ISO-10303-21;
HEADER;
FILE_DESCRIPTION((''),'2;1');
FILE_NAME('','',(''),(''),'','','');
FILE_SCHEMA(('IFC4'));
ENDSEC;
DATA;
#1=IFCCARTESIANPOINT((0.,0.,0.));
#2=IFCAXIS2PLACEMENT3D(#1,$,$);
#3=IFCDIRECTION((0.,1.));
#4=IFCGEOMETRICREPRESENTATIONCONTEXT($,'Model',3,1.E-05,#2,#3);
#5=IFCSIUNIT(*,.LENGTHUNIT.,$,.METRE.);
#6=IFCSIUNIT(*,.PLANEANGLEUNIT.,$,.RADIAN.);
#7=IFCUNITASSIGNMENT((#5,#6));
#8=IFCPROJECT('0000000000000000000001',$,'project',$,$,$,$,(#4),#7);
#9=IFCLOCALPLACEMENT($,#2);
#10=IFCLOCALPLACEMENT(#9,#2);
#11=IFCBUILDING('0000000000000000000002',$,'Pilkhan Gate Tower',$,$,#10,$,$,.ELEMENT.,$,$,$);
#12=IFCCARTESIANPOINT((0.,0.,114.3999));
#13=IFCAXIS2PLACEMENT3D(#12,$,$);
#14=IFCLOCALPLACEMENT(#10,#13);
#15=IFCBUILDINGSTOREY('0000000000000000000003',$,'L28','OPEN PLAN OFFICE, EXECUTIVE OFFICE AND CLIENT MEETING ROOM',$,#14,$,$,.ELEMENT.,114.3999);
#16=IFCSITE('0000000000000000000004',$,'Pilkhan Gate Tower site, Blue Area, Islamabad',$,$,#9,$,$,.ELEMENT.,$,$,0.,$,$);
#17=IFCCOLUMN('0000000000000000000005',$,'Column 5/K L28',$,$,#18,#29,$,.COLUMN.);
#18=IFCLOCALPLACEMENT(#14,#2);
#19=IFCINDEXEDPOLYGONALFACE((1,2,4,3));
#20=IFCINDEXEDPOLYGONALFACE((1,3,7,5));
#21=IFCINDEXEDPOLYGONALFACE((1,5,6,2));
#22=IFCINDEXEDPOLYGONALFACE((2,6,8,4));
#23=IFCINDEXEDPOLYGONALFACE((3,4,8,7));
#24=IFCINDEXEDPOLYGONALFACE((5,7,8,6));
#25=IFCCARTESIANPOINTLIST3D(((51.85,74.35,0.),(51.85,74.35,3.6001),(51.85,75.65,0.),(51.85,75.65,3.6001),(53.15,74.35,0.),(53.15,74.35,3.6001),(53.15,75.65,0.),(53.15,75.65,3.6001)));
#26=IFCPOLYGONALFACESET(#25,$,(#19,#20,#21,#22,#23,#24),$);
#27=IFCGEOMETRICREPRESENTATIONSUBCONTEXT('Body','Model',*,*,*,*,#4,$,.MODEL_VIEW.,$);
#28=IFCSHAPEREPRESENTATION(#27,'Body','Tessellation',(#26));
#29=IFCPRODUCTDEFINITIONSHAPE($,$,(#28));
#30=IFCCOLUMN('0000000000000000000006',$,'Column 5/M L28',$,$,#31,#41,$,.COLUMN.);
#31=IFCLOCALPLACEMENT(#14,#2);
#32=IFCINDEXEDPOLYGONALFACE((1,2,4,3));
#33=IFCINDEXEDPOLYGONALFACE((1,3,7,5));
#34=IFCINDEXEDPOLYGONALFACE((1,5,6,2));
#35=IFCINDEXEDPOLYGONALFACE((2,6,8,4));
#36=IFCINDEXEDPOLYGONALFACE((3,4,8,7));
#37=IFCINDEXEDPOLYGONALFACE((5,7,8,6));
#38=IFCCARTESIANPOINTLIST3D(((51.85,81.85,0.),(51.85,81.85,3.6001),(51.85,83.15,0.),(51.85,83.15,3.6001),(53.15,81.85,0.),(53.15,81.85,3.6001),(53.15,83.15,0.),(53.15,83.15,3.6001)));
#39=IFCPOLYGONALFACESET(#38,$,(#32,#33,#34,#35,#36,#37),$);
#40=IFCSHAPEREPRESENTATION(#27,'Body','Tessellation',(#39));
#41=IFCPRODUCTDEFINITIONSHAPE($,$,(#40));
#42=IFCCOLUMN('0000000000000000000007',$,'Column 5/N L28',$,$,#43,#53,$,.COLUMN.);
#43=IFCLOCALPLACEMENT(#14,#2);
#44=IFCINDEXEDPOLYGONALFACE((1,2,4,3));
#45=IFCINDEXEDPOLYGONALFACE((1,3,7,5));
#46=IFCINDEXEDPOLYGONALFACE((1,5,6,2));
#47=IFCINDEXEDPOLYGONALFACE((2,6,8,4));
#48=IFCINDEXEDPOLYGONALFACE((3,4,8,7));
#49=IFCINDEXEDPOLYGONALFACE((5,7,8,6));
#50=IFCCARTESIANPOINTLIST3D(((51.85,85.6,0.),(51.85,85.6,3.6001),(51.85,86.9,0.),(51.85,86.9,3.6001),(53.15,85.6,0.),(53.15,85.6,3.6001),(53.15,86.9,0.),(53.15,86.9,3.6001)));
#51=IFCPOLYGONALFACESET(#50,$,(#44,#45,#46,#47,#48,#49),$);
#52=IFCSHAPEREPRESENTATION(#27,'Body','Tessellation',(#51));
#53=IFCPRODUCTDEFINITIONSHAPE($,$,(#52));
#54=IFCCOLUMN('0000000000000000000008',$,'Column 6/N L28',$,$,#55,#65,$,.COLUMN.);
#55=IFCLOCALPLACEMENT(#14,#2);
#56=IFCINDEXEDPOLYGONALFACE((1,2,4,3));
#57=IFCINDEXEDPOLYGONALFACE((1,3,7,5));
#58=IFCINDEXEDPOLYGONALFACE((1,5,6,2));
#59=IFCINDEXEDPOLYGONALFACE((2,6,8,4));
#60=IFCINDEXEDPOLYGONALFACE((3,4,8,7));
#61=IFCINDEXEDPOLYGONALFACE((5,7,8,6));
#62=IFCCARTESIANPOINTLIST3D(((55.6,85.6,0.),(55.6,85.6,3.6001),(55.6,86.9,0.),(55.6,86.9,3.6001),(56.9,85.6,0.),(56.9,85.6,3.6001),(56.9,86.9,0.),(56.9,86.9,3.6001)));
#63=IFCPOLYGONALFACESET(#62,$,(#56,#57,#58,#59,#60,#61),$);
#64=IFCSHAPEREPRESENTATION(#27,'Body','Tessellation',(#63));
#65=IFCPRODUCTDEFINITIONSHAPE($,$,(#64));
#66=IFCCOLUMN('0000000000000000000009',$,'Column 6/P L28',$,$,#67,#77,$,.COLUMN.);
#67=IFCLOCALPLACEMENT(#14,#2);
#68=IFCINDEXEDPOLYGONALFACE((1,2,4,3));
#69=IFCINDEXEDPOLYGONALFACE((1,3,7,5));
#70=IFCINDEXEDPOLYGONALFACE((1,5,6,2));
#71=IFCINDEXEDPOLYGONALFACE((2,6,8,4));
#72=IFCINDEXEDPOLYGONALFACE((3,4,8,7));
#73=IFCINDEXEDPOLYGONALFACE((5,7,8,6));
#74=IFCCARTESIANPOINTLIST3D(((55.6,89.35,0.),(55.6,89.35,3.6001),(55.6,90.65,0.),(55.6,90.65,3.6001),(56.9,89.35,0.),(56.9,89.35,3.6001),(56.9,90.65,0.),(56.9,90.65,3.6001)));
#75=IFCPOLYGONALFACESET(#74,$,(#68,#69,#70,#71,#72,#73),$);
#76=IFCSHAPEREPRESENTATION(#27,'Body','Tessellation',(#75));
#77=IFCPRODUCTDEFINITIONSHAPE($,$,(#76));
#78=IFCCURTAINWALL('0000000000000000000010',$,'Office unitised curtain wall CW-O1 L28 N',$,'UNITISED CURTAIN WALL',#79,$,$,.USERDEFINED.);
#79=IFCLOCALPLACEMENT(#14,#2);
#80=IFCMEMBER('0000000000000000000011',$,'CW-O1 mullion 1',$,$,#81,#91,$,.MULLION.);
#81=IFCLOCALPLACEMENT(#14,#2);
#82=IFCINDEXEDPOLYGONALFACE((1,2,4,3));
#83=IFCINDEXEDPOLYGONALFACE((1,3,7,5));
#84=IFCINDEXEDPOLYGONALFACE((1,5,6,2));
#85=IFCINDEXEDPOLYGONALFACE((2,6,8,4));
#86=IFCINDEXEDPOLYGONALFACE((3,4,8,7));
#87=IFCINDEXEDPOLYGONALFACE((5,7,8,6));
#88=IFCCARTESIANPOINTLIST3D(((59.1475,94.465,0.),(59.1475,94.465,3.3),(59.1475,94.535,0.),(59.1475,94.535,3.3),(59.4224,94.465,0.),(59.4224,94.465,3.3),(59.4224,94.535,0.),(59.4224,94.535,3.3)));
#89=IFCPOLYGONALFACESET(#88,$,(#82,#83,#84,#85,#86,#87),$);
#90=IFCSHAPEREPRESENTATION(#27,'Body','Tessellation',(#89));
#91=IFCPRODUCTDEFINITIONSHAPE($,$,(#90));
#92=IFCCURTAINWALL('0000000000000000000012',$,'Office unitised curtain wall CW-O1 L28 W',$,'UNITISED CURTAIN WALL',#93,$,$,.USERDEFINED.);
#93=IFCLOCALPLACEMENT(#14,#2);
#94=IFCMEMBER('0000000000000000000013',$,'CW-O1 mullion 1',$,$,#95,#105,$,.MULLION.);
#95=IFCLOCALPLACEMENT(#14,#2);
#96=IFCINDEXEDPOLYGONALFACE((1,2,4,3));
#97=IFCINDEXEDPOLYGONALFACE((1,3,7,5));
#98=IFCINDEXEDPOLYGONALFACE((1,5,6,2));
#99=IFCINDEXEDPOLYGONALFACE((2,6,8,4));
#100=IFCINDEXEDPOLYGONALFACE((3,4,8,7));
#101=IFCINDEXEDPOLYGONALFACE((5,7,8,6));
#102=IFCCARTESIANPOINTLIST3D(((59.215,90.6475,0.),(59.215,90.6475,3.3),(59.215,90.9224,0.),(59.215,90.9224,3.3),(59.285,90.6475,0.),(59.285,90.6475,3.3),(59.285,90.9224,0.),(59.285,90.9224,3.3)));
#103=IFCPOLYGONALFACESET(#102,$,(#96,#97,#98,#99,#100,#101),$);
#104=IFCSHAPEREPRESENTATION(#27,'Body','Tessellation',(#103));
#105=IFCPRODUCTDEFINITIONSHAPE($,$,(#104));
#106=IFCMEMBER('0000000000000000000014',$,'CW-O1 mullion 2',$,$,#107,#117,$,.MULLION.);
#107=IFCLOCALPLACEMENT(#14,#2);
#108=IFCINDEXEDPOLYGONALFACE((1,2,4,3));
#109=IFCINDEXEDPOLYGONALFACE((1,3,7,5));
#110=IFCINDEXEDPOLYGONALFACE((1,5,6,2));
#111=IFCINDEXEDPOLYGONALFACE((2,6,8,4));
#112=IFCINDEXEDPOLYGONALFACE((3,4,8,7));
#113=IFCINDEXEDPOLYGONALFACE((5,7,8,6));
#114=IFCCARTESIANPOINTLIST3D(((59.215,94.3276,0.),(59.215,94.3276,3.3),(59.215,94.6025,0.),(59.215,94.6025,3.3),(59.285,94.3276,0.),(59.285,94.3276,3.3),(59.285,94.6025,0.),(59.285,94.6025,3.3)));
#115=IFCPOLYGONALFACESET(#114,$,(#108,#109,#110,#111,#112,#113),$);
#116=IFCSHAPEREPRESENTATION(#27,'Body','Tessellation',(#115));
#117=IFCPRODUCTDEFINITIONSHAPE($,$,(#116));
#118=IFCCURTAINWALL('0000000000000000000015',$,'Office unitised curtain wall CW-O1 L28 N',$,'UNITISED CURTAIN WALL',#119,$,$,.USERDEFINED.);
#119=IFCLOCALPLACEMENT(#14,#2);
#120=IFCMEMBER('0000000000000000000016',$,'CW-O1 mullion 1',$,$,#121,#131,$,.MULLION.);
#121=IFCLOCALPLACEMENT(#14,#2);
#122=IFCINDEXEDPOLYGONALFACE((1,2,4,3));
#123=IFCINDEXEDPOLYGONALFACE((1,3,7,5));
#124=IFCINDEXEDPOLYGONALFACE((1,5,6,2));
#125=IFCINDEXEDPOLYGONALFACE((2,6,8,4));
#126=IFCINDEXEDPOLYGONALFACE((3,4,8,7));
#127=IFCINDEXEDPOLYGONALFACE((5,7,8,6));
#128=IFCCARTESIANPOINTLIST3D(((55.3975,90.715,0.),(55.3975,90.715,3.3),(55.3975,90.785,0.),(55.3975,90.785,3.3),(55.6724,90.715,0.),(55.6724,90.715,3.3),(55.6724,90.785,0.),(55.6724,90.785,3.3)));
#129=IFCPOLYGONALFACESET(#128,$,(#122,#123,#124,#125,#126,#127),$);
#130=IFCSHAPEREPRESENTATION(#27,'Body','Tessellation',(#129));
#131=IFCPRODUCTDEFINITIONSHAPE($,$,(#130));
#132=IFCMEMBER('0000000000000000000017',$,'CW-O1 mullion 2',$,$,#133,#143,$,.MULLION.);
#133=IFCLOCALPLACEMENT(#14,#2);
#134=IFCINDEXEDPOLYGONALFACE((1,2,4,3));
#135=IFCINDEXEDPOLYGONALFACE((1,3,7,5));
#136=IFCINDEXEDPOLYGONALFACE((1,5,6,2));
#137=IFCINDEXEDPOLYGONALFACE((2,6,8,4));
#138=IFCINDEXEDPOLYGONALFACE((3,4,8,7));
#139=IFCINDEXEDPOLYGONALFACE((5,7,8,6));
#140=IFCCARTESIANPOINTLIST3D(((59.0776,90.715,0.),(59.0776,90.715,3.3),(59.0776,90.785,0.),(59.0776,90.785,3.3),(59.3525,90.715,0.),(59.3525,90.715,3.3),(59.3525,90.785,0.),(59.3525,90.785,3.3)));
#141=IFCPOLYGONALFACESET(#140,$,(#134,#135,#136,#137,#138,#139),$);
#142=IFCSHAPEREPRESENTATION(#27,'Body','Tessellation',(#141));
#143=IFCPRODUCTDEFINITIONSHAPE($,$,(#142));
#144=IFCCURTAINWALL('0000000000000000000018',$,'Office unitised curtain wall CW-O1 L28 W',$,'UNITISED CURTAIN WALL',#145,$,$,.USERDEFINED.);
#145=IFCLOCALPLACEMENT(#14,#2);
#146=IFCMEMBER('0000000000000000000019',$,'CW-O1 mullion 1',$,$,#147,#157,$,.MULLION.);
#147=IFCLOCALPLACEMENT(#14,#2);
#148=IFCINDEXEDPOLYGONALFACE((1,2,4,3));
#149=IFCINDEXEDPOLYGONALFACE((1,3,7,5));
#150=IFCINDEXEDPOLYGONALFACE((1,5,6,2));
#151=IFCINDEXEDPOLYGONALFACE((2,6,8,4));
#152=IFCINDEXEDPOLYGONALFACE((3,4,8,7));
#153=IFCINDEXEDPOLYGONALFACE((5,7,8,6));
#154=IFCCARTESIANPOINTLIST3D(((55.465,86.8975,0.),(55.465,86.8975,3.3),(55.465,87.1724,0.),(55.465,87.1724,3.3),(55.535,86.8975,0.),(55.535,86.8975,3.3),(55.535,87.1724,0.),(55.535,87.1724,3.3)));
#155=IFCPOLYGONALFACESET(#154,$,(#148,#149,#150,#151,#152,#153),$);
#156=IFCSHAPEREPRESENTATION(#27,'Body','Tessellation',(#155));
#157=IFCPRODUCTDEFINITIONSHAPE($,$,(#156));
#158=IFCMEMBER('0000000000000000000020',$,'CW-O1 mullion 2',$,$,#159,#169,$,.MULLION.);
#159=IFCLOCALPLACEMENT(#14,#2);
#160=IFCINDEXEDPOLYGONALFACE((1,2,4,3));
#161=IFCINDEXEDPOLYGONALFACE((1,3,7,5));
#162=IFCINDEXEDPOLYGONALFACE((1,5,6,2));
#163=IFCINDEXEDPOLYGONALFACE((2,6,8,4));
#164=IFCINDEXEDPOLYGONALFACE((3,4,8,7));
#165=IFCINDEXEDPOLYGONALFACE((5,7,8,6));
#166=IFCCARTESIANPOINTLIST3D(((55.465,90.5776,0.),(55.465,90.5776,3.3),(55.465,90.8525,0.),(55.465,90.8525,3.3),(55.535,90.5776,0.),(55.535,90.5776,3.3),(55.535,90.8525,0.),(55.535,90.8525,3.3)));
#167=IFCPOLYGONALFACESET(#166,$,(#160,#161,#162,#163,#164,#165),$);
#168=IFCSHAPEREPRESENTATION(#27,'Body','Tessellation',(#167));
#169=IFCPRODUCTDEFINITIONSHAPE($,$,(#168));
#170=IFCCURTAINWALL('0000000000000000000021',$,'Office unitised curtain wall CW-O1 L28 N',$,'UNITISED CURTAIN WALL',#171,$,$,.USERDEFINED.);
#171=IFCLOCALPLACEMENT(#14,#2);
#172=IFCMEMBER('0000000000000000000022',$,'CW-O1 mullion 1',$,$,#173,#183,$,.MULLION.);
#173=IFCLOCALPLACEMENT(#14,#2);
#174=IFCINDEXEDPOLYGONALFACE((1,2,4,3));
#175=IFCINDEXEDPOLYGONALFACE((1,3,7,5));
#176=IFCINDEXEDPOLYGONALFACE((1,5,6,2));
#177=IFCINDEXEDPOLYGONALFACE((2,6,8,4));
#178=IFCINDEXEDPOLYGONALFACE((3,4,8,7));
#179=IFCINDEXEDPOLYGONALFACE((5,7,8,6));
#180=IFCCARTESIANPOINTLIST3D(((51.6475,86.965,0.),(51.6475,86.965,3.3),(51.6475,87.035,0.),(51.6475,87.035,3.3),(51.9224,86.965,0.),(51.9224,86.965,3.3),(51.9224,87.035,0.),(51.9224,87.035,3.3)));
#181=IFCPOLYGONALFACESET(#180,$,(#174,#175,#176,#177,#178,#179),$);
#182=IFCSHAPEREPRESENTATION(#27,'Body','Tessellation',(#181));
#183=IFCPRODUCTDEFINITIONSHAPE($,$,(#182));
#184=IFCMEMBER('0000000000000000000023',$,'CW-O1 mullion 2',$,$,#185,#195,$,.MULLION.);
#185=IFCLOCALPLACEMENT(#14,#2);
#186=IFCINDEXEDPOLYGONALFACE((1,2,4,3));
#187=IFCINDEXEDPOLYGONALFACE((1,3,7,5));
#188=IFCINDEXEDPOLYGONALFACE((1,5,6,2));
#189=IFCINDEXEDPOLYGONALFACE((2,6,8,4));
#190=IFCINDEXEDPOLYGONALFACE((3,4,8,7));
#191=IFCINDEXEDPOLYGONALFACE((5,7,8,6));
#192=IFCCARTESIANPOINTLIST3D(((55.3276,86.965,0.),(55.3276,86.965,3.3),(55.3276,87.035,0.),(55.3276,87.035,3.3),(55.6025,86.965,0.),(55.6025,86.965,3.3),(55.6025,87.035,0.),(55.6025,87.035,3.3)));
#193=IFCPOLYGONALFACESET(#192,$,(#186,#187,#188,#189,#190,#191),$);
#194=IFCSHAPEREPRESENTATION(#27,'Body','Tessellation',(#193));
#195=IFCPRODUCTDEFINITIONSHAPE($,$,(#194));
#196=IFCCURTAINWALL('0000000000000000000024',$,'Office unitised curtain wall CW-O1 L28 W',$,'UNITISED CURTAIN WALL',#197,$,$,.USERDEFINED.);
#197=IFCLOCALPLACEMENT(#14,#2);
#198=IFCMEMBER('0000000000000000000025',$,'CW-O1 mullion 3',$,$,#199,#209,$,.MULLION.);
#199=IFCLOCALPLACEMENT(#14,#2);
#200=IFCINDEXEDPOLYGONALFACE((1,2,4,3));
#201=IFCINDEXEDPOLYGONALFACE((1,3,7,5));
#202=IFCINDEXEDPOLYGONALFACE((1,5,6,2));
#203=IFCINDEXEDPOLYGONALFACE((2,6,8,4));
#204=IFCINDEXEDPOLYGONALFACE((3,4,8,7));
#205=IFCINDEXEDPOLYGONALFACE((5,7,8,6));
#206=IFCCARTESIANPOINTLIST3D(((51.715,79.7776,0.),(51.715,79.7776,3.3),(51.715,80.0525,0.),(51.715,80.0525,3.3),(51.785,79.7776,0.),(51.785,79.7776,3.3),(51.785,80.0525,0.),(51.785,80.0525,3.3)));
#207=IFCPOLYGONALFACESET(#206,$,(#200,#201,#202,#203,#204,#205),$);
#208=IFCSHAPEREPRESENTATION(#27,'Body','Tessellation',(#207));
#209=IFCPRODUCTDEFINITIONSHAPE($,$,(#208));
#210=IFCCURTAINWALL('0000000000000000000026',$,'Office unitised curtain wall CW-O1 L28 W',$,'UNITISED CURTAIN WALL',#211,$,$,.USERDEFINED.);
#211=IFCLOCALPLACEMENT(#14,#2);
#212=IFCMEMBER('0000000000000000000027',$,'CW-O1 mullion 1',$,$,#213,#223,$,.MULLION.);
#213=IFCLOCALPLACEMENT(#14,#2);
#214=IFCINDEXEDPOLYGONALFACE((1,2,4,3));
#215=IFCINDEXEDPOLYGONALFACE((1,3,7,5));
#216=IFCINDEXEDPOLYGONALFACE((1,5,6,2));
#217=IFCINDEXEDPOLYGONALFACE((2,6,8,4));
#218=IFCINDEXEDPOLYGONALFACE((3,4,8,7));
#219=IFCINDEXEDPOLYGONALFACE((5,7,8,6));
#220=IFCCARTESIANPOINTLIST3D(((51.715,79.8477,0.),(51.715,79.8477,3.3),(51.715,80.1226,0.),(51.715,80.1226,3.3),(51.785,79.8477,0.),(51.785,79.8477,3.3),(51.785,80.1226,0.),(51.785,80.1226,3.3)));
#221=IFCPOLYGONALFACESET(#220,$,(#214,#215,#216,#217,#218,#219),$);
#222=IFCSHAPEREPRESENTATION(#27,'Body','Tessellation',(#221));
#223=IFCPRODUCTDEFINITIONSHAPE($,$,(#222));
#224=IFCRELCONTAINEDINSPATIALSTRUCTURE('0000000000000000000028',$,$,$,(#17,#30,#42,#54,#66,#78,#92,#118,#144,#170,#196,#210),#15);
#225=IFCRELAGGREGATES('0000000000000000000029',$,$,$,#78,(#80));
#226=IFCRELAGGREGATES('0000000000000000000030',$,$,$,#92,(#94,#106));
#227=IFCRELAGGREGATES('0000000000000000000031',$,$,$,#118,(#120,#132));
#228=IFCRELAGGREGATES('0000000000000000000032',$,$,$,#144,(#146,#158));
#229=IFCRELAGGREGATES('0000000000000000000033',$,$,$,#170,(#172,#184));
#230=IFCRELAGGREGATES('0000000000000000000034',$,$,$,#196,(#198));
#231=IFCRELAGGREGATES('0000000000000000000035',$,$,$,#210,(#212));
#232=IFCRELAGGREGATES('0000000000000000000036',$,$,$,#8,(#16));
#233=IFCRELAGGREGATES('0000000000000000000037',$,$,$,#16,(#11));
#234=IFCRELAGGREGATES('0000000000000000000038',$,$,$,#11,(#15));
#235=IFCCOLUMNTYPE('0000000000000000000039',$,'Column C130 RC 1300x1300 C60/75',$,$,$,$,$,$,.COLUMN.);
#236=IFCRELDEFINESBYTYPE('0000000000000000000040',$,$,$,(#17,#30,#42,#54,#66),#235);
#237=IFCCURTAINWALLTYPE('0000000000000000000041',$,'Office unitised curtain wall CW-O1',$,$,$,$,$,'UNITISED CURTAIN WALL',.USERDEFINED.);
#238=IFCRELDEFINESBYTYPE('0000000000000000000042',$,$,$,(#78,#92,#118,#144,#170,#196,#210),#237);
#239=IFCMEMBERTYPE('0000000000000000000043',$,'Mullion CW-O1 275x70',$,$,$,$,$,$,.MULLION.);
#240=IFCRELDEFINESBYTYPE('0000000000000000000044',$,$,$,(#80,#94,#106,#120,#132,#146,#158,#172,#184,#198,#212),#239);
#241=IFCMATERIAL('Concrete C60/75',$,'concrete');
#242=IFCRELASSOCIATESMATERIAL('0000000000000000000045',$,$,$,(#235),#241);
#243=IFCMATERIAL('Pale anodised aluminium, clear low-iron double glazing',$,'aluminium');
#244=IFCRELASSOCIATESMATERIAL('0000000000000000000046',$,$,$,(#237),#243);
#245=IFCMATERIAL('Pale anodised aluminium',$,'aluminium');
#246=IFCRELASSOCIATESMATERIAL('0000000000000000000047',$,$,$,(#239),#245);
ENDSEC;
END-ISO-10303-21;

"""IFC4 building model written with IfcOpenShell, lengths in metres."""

from ifc_helpers import new_model, si_unit, direction, frame, origin, origin_2d, place, context, subcontext, project, spatial, rectangle, extrude, material, material_profile, profile_set, type_object, element, aggregate, save


model = new_model("IFC4")

# Units and contexts
model_context = context("Model", 3, precision=1e-05, world=origin(), true_north=direction((0.0, 1.0)))
body_context = subcontext(model_context, "Body", "Model", "MODEL_VIEW")
ifc_project = project(units=[si_unit("LENGTHUNIT", "METRE"), si_unit("PLANEANGLEUNIT", "RADIAN")], contexts=[model_context])

# Site, building, storey
site_placement = place(None, origin())
site = spatial("IfcSite", under=ifc_project, at=site_placement, Name="Pilkhan Gate Tower site, Blue Area, Islamabad", CompositionType="ELEMENT", RefElevation=0.0)
building_placement = place(site_placement, origin())
building = spatial("IfcBuilding", under=site, at=building_placement, Name="Pilkhan Gate Tower", CompositionType="ELEMENT")
storey_placement = place(building_placement, frame((0.0, 0.0, 114.3999)))
storey = spatial("IfcBuildingStorey", under=building, at=storey_placement, Name="L28", Description="OPEN PLAN OFFICE, EXECUTIVE OFFICE AND CLIENT MEETING ROOM", CompositionType="ELEMENT", Elevation=114.3999)

# Columns
ifc_material_1 = material(Name="Concrete C60/75", Category="concrete")
ifc_material_profile_1 = material_profile(ifc_material_1, rectangle(XDim=1.3, YDim=1.3, at=origin_2d()), Name="RC 1300x1300")
ifc_profile_set_1 = profile_set([ifc_material_profile_1], Name="Concrete C60/75")
column_type = type_object("IfcColumnType", Name="Column C130 RC 1300x1300 C60/75", PredefinedType="COLUMN", material=ifc_profile_set_1)
for number, where, z_axis, x_axis, name in (
    (1, (52.5, 75.0, 0.0), (0.0, 0.0, 1.0), (1.0, 0.0, 0.0), "Column 5/K L28"),
    (2, (52.5, 82.5, 0.0), (0.0, 0.0, 1.0), (1.0, 0.0, 0.0), "Column 5/M L28"),
    (3, (52.5, 86.25, 0.0), (0.0, 0.0, 1.0), (1.0, 0.0, 0.0), "Column 5/N L28"),
    (4, (56.25, 86.25, 0.0), (0.0, 0.0, 1.0), (1.0, 0.0, 0.0), "Column 6/N L28"),
    (5, (56.25, 90.0, 0.0), (0.0, 0.0, 1.0), (1.0, 0.0, 0.0), "Column 6/P L28"),
):
    element("IfcColumn", number, at=place(storey_placement, frame(where, z_axis=z_axis, x_axis=x_axis)), inside=storey, type_object=column_type, Name=name, PredefinedType="COLUMN", context=body_context, shape_type="SweptSolid", body=[
        extrude(rectangle(XDim=1.3, YDim=1.3, at=origin_2d()), origin(), (0.0, 0.0, 1.0), 3.6001),
    ])

# Curtain wall, member
ifc_material_2 = material(Name="Pale anodised aluminium, clear low-iron double glazing", Category="aluminium")
curtain_wall_type = type_object("IfcCurtainWallType", Name="Office unitised curtain wall CW-O1", ElementType="UNITISED CURTAIN WALL", PredefinedType="USERDEFINED", material=ifc_material_2)
curtain_wall_1_placement = place(storey_placement, origin())
curtain_wall_1 = element("IfcCurtainWall", 6, at=curtain_wall_1_placement, inside=storey, type_object=curtain_wall_type, Name="Office unitised curtain wall CW-O1 L28 N", ObjectType="UNITISED CURTAIN WALL", PredefinedType="USERDEFINED")
ifc_material_3 = material(Name="Pale anodised aluminium", Category="aluminium")
ifc_material_profile_2 = material_profile(ifc_material_3, rectangle(XDim=0.0701, YDim=0.2749, at=origin_2d()), Name="Mullion 275x70")
ifc_profile_set_2 = profile_set([ifc_material_profile_2], Name="Pale anodised aluminium")
member_type_1 = type_object("IfcMemberType", Name="Mullion CW-O1 275x70", PredefinedType="MULLION", material=ifc_profile_set_2)
member_1_placement = place(storey_placement, frame((59.2849, 94.5, 0.0), z_axis=(0.0, 0.0, 1.0), x_axis=(0.0, 1.0, 0.0)))
member_1 = element("IfcMember", 7, at=member_1_placement, type_object=member_type_1, Name="CW-O1 mullion 1", PredefinedType="MULLION", context=body_context, shape_type="SweptSolid", body=[
    extrude(rectangle(XDim=0.0701, YDim=0.2749, at=origin_2d()), origin(), (0.0, 0.0, 1.0), 3.3),
])

# Curtain walls, members
curtain_wall_2_placement = place(storey_placement, origin())
curtain_wall_2 = element("IfcCurtainWall", 8, at=curtain_wall_2_placement, inside=storey, type_object=curtain_wall_type, Name="Office unitised curtain wall CW-O1 L28 W", ObjectType="UNITISED CURTAIN WALL", PredefinedType="USERDEFINED")
member_2_placement = place(storey_placement, frame((59.25, 90.7849, 0.0), z_axis=(0.0, 0.0, 1.0), x_axis=(-1.0, 0.0, 0.0)))
member_2 = element("IfcMember", 9, at=member_2_placement, type_object=member_type_1, Name="CW-O1 mullion 1", PredefinedType="MULLION", context=body_context, shape_type="SweptSolid", body=[
    extrude(rectangle(XDim=0.0701, YDim=0.2749, at=origin_2d()), origin(), (0.0, 0.0, 1.0), 3.3),
])
member_3_placement = place(storey_placement, frame((59.25, 94.4651, 0.0), z_axis=(0.0, 0.0, 1.0), x_axis=(-1.0, 0.0, 0.0)))
member_3 = element("IfcMember", 10, at=member_3_placement, type_object=member_type_1, Name="CW-O1 mullion 2", PredefinedType="MULLION", context=body_context, shape_type="SweptSolid", body=[
    extrude(rectangle(XDim=0.0701, YDim=0.2749, at=origin_2d()), origin(), (0.0, 0.0, 1.0), 3.3),
])
curtain_wall_3_placement = place(storey_placement, origin())
curtain_wall_3 = element("IfcCurtainWall", 11, at=curtain_wall_3_placement, inside=storey, type_object=curtain_wall_type, Name="Office unitised curtain wall CW-O1 L28 N", ObjectType="UNITISED CURTAIN WALL", PredefinedType="USERDEFINED")
member_4_placement = place(storey_placement, frame((55.5349, 90.75, 0.0), z_axis=(0.0, 0.0, 1.0), x_axis=(0.0, 1.0, 0.0)))
member_4 = element("IfcMember", 12, at=member_4_placement, type_object=member_type_1, Name="CW-O1 mullion 1", PredefinedType="MULLION", context=body_context, shape_type="SweptSolid", body=[
    extrude(rectangle(XDim=0.0701, YDim=0.2749, at=origin_2d()), origin(), (0.0, 0.0, 1.0), 3.3),
])
member_5_placement = place(storey_placement, frame((59.2151, 90.75, 0.0), z_axis=(0.0, 0.0, 1.0), x_axis=(0.0, 1.0, 0.0)))
member_5 = element("IfcMember", 13, at=member_5_placement, type_object=member_type_1, Name="CW-O1 mullion 2", PredefinedType="MULLION", context=body_context, shape_type="SweptSolid", body=[
    extrude(rectangle(XDim=0.0701, YDim=0.2749, at=origin_2d()), origin(), (0.0, 0.0, 1.0), 3.3),
])
curtain_wall_4_placement = place(storey_placement, origin())
curtain_wall_4 = element("IfcCurtainWall", 14, at=curtain_wall_4_placement, inside=storey, type_object=curtain_wall_type, Name="Office unitised curtain wall CW-O1 L28 W", ObjectType="UNITISED CURTAIN WALL", PredefinedType="USERDEFINED")
member_6_placement = place(storey_placement, frame((55.5, 87.0349, 0.0), z_axis=(0.0, 0.0, 1.0), x_axis=(-1.0, 0.0, 0.0)))
member_6 = element("IfcMember", 15, at=member_6_placement, type_object=member_type_1, Name="CW-O1 mullion 1", PredefinedType="MULLION", context=body_context, shape_type="SweptSolid", body=[
    extrude(rectangle(XDim=0.0701, YDim=0.2749, at=origin_2d()), origin(), (0.0, 0.0, 1.0), 3.3),
])
member_7_placement = place(storey_placement, frame((55.5, 90.7151, 0.0), z_axis=(0.0, 0.0, 1.0), x_axis=(-1.0, 0.0, 0.0)))
member_7 = element("IfcMember", 16, at=member_7_placement, type_object=member_type_1, Name="CW-O1 mullion 2", PredefinedType="MULLION", context=body_context, shape_type="SweptSolid", body=[
    extrude(rectangle(XDim=0.0701, YDim=0.2749, at=origin_2d()), origin(), (0.0, 0.0, 1.0), 3.3),
])
curtain_wall_5_placement = place(storey_placement, origin())
curtain_wall_5 = element("IfcCurtainWall", 17, at=curtain_wall_5_placement, inside=storey, type_object=curtain_wall_type, Name="Office unitised curtain wall CW-O1 L28 N", ObjectType="UNITISED CURTAIN WALL", PredefinedType="USERDEFINED")
member_8_placement = place(storey_placement, frame((51.7849, 87.0, 0.0), z_axis=(0.0, 0.0, 1.0), x_axis=(0.0, 1.0, 0.0)))
member_8 = element("IfcMember", 18, at=member_8_placement, type_object=member_type_1, Name="CW-O1 mullion 1", PredefinedType="MULLION", context=body_context, shape_type="SweptSolid", body=[
    extrude(rectangle(XDim=0.0701, YDim=0.2749, at=origin_2d()), origin(), (0.0, 0.0, 1.0), 3.3),
])
member_9_placement = place(storey_placement, frame((55.4651, 87.0, 0.0), z_axis=(0.0, 0.0, 1.0), x_axis=(0.0, 1.0, 0.0)))
member_9 = element("IfcMember", 19, at=member_9_placement, type_object=member_type_1, Name="CW-O1 mullion 2", PredefinedType="MULLION", context=body_context, shape_type="SweptSolid", body=[
    extrude(rectangle(XDim=0.0701, YDim=0.2749, at=origin_2d()), origin(), (0.0, 0.0, 1.0), 3.3),
])

# Curtain wall, member
curtain_wall_6_placement = place(storey_placement, origin())
curtain_wall_6 = element("IfcCurtainWall", 20, at=curtain_wall_6_placement, inside=storey, type_object=curtain_wall_type, Name="Office unitised curtain wall CW-O1 L28 W", ObjectType="UNITISED CURTAIN WALL", PredefinedType="USERDEFINED")
member_10_placement = place(storey_placement, frame((51.75, 79.915, 0.0), z_axis=(0.0, 0.0, 1.0), x_axis=(-1.0, 0.0, 0.0)))
member_10 = element("IfcMember", 21, at=member_10_placement, type_object=member_type_1, Name="CW-O1 mullion 3", PredefinedType="MULLION", context=body_context, shape_type="SweptSolid", body=[
    extrude(rectangle(XDim=0.0701, YDim=0.2749, at=origin_2d()), origin(), (0.0, 0.0, 1.0), 3.3),
])

# Curtain wall, member
curtain_wall_7_placement = place(storey_placement, origin())
curtain_wall_7 = element("IfcCurtainWall", 22, at=curtain_wall_7_placement, inside=storey, type_object=curtain_wall_type, Name="Office unitised curtain wall CW-O1 L28 W", ObjectType="UNITISED CURTAIN WALL", PredefinedType="USERDEFINED")
member_11_placement = place(storey_placement, frame((51.75, 79.9851, 0.0), z_axis=(0.0, 0.0, 1.0), x_axis=(-1.0, 0.0, 0.0)))
member_11 = element("IfcMember", 23, at=member_11_placement, type_object=member_type_1, Name="CW-O1 mullion 1", PredefinedType="MULLION", context=body_context, shape_type="SweptSolid", body=[
    extrude(rectangle(XDim=0.0701, YDim=0.2749, at=origin_2d()), origin(), (0.0, 0.0, 1.0), 3.3),
])

aggregate(curtain_wall_1, [member_1])

aggregate(curtain_wall_2, [member_2, member_3])
aggregate(curtain_wall_3, [member_4, member_5])
aggregate(curtain_wall_4, [member_6, member_7])
aggregate(curtain_wall_5, [member_8, member_9])
aggregate(curtain_wall_6, [member_10])
aggregate(curtain_wall_7, [member_11])

save(model, "model.ifc")
